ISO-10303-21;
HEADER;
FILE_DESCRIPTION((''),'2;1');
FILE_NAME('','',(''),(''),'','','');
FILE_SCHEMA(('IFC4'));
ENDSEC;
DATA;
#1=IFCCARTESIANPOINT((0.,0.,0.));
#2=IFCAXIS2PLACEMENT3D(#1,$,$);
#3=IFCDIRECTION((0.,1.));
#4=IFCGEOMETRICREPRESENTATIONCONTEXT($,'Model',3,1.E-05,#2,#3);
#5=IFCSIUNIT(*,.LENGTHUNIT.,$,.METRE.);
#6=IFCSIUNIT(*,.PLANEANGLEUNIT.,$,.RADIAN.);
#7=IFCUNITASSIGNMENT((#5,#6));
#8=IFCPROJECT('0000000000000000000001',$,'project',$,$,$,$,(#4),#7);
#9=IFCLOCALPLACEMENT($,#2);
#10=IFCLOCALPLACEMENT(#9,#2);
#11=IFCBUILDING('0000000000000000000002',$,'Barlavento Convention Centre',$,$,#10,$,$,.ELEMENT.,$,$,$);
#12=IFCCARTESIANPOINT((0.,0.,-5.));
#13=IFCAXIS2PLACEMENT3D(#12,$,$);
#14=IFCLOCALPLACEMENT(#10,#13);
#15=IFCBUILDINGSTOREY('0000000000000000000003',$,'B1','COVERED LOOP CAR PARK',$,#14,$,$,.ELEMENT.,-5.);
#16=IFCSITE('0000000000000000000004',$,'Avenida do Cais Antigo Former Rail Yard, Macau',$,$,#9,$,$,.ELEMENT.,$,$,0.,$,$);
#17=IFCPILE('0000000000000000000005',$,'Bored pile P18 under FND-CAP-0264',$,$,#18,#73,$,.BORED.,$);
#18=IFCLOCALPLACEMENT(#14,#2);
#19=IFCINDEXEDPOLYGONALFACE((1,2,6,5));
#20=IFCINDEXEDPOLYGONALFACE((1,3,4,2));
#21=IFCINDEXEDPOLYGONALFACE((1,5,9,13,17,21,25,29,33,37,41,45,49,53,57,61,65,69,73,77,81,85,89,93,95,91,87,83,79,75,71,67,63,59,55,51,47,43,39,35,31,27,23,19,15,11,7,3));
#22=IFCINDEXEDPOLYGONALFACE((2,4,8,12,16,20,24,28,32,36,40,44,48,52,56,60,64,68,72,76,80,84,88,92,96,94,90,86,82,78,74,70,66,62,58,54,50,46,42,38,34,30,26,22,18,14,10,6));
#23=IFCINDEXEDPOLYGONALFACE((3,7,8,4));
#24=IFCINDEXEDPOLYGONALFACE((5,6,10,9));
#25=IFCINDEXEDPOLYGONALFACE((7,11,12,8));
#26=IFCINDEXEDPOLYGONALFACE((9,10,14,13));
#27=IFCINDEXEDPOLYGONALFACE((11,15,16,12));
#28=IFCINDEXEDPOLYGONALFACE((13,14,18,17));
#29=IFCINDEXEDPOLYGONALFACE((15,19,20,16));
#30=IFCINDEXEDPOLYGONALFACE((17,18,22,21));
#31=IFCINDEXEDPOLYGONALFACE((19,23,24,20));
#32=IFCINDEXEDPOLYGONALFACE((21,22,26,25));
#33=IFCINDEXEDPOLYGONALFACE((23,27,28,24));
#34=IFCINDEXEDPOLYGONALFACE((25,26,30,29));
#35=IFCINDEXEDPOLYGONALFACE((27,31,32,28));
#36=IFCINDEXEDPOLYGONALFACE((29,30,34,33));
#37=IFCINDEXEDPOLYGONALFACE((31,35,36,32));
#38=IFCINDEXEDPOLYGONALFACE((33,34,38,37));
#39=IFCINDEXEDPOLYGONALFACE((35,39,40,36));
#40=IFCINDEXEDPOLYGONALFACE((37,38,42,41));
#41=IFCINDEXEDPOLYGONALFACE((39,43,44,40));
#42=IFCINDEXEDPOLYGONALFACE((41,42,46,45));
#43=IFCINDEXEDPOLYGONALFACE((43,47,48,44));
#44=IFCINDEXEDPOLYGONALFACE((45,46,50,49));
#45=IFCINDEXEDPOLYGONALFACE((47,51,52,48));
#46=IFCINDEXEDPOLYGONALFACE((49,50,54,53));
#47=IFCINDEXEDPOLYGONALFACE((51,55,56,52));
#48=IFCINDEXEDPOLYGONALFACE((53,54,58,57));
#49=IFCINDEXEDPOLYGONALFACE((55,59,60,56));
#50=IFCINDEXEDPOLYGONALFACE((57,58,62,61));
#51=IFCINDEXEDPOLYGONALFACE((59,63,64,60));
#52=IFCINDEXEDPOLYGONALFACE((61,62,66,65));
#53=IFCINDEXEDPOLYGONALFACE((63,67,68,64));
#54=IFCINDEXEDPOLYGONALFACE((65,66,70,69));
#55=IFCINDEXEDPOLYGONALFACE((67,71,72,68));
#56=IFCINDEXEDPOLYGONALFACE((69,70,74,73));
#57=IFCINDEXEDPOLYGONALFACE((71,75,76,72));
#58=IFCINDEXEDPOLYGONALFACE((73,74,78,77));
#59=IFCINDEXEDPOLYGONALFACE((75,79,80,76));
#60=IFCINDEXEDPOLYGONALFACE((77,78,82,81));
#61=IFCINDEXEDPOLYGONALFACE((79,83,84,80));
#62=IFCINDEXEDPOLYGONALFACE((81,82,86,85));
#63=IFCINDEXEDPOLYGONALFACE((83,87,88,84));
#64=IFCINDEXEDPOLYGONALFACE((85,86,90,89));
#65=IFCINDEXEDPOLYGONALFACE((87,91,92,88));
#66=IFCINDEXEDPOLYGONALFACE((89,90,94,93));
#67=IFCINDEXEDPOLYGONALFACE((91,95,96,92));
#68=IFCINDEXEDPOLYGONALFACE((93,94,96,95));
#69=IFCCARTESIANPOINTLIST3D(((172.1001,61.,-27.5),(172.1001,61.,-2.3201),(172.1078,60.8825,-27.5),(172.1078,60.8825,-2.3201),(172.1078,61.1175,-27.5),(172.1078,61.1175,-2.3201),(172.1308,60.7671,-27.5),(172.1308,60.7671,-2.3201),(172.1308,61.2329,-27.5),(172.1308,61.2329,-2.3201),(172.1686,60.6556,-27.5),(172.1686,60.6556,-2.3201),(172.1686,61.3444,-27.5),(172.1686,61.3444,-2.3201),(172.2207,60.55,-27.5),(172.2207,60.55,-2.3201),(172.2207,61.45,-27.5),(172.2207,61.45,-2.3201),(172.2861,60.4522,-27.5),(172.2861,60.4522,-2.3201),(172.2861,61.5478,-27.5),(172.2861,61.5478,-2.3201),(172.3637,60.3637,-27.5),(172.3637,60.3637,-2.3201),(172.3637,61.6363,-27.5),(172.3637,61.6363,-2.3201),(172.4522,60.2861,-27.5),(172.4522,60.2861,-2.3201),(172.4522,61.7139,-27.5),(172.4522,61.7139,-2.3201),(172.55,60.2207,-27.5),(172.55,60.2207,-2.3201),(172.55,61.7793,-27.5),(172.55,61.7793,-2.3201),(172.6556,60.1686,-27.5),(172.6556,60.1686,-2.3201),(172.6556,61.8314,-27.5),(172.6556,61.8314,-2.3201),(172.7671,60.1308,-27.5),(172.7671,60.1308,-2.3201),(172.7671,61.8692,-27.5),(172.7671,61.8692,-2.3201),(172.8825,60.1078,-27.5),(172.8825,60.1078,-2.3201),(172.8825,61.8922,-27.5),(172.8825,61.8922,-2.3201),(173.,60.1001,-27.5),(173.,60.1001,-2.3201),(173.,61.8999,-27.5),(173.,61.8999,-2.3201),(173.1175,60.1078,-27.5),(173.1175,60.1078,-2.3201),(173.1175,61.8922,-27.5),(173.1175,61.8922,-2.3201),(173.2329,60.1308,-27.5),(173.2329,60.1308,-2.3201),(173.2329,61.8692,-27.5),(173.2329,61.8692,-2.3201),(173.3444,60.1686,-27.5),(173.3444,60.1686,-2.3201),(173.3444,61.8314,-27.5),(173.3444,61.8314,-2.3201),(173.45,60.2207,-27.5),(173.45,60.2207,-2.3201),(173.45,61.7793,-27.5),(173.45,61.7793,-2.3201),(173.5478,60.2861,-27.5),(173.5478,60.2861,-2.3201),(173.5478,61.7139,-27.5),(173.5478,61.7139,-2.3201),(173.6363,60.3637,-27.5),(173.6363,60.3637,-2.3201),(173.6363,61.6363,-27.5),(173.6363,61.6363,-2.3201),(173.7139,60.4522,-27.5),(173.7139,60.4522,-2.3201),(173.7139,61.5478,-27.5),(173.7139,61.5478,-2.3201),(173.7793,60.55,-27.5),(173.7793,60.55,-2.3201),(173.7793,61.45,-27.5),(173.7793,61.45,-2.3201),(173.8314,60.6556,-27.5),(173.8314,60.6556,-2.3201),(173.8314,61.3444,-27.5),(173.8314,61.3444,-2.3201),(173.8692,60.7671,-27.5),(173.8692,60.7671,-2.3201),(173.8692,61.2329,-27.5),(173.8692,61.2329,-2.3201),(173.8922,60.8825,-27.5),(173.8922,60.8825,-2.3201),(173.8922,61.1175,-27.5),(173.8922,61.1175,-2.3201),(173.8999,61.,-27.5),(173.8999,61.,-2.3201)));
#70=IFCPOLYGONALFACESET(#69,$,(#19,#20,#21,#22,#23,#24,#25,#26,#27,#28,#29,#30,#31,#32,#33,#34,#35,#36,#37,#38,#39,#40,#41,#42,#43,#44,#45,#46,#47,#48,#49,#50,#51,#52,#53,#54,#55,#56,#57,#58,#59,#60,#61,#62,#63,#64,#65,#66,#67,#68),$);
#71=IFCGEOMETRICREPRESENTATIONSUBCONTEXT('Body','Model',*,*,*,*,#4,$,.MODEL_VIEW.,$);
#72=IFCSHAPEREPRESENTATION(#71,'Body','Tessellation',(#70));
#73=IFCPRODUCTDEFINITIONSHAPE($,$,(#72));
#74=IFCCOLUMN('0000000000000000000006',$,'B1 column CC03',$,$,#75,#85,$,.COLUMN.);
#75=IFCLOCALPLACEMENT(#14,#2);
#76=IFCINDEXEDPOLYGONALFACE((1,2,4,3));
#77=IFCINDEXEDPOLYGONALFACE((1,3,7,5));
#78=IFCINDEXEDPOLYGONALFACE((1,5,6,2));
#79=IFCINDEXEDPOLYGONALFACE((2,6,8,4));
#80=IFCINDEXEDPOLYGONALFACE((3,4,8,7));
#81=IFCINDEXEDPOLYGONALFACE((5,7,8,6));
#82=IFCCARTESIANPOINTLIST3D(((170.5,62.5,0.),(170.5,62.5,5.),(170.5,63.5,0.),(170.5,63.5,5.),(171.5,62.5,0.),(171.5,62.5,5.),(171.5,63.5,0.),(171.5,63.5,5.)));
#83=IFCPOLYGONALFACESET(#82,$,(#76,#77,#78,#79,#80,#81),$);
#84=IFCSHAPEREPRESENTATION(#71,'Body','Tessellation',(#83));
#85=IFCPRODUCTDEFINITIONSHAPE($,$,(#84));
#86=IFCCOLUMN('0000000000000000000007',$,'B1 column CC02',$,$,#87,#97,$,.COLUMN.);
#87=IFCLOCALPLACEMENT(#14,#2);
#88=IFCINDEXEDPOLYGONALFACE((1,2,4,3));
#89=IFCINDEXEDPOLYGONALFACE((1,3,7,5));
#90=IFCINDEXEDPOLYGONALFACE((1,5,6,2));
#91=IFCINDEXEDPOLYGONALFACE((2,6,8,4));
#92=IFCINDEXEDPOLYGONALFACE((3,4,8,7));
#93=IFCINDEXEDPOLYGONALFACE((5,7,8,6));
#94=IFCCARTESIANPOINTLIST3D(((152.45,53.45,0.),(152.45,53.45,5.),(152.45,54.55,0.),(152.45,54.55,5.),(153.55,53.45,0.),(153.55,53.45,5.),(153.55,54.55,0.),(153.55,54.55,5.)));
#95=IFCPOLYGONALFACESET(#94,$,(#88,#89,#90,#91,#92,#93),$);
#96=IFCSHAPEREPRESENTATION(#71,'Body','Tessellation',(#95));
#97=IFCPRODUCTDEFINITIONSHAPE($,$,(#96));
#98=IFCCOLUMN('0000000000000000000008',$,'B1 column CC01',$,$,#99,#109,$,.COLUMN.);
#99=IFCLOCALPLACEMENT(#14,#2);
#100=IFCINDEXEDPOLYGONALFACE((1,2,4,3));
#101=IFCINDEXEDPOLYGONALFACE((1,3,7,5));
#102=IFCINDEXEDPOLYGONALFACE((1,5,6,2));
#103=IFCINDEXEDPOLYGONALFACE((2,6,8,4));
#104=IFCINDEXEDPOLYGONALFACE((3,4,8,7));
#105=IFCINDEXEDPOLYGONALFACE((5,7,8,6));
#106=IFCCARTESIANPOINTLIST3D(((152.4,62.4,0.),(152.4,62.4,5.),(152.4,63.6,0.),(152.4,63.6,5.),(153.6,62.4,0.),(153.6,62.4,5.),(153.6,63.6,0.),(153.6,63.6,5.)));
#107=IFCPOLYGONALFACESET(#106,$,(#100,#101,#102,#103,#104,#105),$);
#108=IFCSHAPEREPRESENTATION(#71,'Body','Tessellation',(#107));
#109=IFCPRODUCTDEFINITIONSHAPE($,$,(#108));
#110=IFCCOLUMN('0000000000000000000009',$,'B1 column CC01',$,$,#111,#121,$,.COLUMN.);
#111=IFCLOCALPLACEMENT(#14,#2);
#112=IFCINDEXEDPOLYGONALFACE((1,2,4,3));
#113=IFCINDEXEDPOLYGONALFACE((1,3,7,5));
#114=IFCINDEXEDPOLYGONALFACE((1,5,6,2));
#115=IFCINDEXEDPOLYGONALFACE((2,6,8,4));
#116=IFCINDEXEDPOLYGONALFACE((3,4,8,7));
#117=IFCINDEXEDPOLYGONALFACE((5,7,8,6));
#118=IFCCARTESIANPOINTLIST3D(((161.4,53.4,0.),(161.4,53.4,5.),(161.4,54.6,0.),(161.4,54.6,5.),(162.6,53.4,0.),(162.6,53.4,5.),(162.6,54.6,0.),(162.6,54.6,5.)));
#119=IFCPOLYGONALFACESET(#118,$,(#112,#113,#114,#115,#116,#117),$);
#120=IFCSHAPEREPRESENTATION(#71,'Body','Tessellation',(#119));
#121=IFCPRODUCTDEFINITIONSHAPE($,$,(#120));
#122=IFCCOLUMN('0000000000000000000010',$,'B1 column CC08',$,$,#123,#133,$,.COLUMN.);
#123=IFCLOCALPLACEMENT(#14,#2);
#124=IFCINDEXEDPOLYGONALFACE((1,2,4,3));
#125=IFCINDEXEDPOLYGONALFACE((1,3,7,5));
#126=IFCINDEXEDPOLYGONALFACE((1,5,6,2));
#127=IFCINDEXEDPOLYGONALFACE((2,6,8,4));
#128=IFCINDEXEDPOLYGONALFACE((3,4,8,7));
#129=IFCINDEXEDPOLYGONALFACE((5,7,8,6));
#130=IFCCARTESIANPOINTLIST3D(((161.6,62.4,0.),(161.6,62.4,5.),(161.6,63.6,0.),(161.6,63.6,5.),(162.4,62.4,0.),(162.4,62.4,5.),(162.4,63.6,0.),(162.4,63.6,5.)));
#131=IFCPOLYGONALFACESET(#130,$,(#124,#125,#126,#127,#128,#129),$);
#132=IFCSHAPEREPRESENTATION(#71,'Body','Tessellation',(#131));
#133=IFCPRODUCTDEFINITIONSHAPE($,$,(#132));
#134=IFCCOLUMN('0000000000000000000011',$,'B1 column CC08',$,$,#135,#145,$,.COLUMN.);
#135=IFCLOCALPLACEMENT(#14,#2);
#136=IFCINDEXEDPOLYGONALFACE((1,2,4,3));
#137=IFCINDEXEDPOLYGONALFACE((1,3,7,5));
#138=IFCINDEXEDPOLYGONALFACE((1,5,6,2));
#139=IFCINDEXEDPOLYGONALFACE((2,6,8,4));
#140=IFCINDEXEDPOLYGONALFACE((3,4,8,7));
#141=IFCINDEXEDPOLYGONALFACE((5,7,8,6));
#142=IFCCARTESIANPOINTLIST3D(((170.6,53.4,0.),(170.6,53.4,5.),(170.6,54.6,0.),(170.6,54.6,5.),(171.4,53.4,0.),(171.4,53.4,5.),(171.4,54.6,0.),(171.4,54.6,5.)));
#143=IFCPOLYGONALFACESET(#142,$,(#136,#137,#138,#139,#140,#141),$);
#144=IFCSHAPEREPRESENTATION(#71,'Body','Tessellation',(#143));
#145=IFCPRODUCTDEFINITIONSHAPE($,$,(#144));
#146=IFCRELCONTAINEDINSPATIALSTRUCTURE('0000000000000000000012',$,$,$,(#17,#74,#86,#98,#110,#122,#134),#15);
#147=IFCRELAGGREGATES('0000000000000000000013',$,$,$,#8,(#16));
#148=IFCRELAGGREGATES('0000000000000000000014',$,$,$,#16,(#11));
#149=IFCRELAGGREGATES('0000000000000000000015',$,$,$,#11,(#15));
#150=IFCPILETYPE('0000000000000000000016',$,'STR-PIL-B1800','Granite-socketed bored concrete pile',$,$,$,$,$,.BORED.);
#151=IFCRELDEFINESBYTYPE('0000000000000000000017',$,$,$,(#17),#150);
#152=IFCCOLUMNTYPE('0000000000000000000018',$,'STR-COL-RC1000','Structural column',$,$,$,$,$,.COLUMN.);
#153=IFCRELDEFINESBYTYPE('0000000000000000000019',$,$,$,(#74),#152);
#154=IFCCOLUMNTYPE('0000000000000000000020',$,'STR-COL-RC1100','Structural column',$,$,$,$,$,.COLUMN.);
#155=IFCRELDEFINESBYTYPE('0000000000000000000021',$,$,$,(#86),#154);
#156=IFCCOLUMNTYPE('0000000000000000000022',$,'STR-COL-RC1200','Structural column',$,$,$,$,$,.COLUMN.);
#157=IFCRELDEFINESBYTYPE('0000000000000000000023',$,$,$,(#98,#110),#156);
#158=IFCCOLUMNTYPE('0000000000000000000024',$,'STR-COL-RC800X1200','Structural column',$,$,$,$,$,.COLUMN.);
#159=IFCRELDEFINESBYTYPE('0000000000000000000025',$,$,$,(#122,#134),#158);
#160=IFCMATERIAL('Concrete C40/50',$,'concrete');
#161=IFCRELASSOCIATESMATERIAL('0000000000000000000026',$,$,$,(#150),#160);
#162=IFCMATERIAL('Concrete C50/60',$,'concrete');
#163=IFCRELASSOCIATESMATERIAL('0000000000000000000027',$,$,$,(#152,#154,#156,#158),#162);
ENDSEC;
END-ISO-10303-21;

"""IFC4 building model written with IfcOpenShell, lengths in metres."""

from ifc_helpers import new_model, si_unit, direction, frame, origin, origin_2d, place, context, subcontext, project, spatial, rectangle, circle, extrude, material, material_profile, profile_set, type_object, element, save


model = new_model("IFC4")

# Units and contexts
model_context = context("Model", 3, precision=1e-05, world=origin(), true_north=direction((0.0, 1.0)))
body_context = subcontext(model_context, "Body", "Model", "MODEL_VIEW")
ifc_project = project(units=[si_unit("LENGTHUNIT", "METRE"), si_unit("PLANEANGLEUNIT", "RADIAN")], contexts=[model_context])

# Site, building, storey
site_placement = place(None, origin())
site = spatial("IfcSite", under=ifc_project, at=site_placement, Name="Avenida do Cais Antigo Former Rail Yard, Macau", CompositionType="ELEMENT", RefElevation=0.0)
building_placement = place(site_placement, origin())
building = spatial("IfcBuilding", under=site, at=building_placement, Name="Barlavento Convention Centre", CompositionType="ELEMENT")
storey_placement = place(building_placement, frame((0.0, 0.0, -5.0)))
storey = spatial("IfcBuildingStorey", under=building, at=storey_placement, Name="B1", Description="COVERED LOOP CAR PARK", CompositionType="ELEMENT", Elevation=-5.0)

# Shared definitions
ifc_material_1 = material(Name="Concrete C40/50", Category="concrete")

# Pile
ifc_material_profile_1 = material_profile(ifc_material_1, circle(Radius=0.8999, at=origin_2d()), Name="BORED PILE 1800")
ifc_profile_set_1 = profile_set([ifc_material_profile_1], Name="Concrete C40/50")
pile_type_1 = type_object("IfcPileType", Name="STR-PIL-B1800", Description="Granite-socketed bored concrete pile", PredefinedType="BORED", material=ifc_profile_set_1)
for number, where, z_axis, x_axis, name in (
    (1, (173.0, 61.0, -2.3201), (0.0, 0.0, -1.0), (1.0, 0.0, 0.0), "Bored pile P18 under FND-CAP-0264"),
):
    element("IfcPile", number, at=place(storey_placement, frame(where, z_axis=z_axis, x_axis=x_axis)), inside=storey, type_object=pile_type_1, Name=name, PredefinedType="BORED", context=body_context, shape_type="SweptSolid", body=[
        extrude(circle(Radius=0.8999, at=origin_2d()), origin(), (0.0, 0.0, 1.0), 25.1799),
    ])

# Columns
ifc_material_2 = material(Name="Concrete C50/60", Category="concrete")
ifc_material_profile_2 = material_profile(ifc_material_2, rectangle(XDim=1.0, YDim=1.0, at=origin_2d()), Name="RC 1000x1000")
ifc_profile_set_2 = profile_set([ifc_material_profile_2], Name="Concrete C50/60")
column_type_1 = type_object("IfcColumnType", Name="STR-COL-RC1000", Description="Structural column", PredefinedType="COLUMN", material=ifc_profile_set_2)
column_1_placement = place(storey_placement, frame((171.0, 63.0, 0.0), z_axis=(0.0, 0.0, 1.0), x_axis=(1.0, 0.0, 0.0)))
element("IfcColumn", 2, at=column_1_placement, inside=storey, type_object=column_type_1, Name="B1 column CC03", PredefinedType="COLUMN", context=body_context, shape_type="SweptSolid", body=[
    extrude(rectangle(XDim=1.0, YDim=1.0, at=origin_2d()), origin(), (0.0, 0.0, 1.0), 5.0),
])
ifc_material_profile_3 = material_profile(ifc_material_2, rectangle(XDim=1.1001, YDim=1.1001, at=origin_2d()), Name="RC 1100x1100")
ifc_profile_set_3 = profile_set([ifc_material_profile_3], Name="Concrete C50/60")
column_type_2 = type_object("IfcColumnType", Name="STR-COL-RC1100", Description="Structural column", PredefinedType="COLUMN", material=ifc_profile_set_3)
column_2_placement = place(storey_placement, frame((153.0, 54.0, 0.0), z_axis=(0.0, 0.0, 1.0), x_axis=(1.0, 0.0, 0.0)))
element("IfcColumn", 3, at=column_2_placement, inside=storey, type_object=column_type_2, Name="B1 column CC02", PredefinedType="COLUMN", context=body_context, shape_type="SweptSolid", body=[
    extrude(rectangle(XDim=1.1001, YDim=1.1001, at=origin_2d()), origin(), (0.0, 0.0, 1.0), 5.0),
])
ifc_material_profile_4 = material_profile(ifc_material_2, rectangle(XDim=1.2, YDim=1.2, at=origin_2d()), Name="RC 1200x1200")
ifc_profile_set_4 = profile_set([ifc_material_profile_4], Name="Concrete C50/60")
column_type_3 = type_object("IfcColumnType", Name="STR-COL-RC1200", Description="Structural column", PredefinedType="COLUMN", material=ifc_profile_set_4)
for number, where, z_axis, x_axis, name in (
    (4, (153.0, 63.0, 0.0), (0.0, 0.0, 1.0), (1.0, 0.0, 0.0), "B1 column CC01"),
    (5, (162.0, 54.0, 0.0), (0.0, 0.0, 1.0), (1.0, 0.0, 0.0), "B1 column CC01"),
):
    element("IfcColumn", number, at=place(storey_placement, frame(where, z_axis=z_axis, x_axis=x_axis)), inside=storey, type_object=column_type_3, Name=name, PredefinedType="COLUMN", context=body_context, shape_type="SweptSolid", body=[
        extrude(rectangle(XDim=1.2, YDim=1.2, at=origin_2d()), origin(), (0.0, 0.0, 1.0), 5.0),
    ])
ifc_material_profile_5 = material_profile(ifc_material_2, rectangle(XDim=0.8, YDim=1.2, at=origin_2d()), Name="RC 800x1200")
ifc_profile_set_5 = profile_set([ifc_material_profile_5], Name="Concrete C50/60")
column_type_4 = type_object("IfcColumnType", Name="STR-COL-RC800X1200", Description="Structural column", PredefinedType="COLUMN", material=ifc_profile_set_5)
for number, where, z_axis, x_axis, name in (
    (6, (162.0, 63.0, 0.0), (0.0, 0.0, 1.0), (1.0, 0.0, 0.0), "B1 column CC08"),
    (7, (171.0, 54.0, 0.0), (0.0, 0.0, 1.0), (1.0, 0.0, 0.0), "B1 column CC08"),
):
    element("IfcColumn", number, at=place(storey_placement, frame(where, z_axis=z_axis, x_axis=x_axis)), inside=storey, type_object=column_type_4, Name=name, PredefinedType="COLUMN", context=body_context, shape_type="SweptSolid", body=[
        extrude(rectangle(XDim=0.8, YDim=1.2, at=origin_2d()), origin(), (0.0, 0.0, 1.0), 5.0),
    ])

save(model, "model.ifc")
